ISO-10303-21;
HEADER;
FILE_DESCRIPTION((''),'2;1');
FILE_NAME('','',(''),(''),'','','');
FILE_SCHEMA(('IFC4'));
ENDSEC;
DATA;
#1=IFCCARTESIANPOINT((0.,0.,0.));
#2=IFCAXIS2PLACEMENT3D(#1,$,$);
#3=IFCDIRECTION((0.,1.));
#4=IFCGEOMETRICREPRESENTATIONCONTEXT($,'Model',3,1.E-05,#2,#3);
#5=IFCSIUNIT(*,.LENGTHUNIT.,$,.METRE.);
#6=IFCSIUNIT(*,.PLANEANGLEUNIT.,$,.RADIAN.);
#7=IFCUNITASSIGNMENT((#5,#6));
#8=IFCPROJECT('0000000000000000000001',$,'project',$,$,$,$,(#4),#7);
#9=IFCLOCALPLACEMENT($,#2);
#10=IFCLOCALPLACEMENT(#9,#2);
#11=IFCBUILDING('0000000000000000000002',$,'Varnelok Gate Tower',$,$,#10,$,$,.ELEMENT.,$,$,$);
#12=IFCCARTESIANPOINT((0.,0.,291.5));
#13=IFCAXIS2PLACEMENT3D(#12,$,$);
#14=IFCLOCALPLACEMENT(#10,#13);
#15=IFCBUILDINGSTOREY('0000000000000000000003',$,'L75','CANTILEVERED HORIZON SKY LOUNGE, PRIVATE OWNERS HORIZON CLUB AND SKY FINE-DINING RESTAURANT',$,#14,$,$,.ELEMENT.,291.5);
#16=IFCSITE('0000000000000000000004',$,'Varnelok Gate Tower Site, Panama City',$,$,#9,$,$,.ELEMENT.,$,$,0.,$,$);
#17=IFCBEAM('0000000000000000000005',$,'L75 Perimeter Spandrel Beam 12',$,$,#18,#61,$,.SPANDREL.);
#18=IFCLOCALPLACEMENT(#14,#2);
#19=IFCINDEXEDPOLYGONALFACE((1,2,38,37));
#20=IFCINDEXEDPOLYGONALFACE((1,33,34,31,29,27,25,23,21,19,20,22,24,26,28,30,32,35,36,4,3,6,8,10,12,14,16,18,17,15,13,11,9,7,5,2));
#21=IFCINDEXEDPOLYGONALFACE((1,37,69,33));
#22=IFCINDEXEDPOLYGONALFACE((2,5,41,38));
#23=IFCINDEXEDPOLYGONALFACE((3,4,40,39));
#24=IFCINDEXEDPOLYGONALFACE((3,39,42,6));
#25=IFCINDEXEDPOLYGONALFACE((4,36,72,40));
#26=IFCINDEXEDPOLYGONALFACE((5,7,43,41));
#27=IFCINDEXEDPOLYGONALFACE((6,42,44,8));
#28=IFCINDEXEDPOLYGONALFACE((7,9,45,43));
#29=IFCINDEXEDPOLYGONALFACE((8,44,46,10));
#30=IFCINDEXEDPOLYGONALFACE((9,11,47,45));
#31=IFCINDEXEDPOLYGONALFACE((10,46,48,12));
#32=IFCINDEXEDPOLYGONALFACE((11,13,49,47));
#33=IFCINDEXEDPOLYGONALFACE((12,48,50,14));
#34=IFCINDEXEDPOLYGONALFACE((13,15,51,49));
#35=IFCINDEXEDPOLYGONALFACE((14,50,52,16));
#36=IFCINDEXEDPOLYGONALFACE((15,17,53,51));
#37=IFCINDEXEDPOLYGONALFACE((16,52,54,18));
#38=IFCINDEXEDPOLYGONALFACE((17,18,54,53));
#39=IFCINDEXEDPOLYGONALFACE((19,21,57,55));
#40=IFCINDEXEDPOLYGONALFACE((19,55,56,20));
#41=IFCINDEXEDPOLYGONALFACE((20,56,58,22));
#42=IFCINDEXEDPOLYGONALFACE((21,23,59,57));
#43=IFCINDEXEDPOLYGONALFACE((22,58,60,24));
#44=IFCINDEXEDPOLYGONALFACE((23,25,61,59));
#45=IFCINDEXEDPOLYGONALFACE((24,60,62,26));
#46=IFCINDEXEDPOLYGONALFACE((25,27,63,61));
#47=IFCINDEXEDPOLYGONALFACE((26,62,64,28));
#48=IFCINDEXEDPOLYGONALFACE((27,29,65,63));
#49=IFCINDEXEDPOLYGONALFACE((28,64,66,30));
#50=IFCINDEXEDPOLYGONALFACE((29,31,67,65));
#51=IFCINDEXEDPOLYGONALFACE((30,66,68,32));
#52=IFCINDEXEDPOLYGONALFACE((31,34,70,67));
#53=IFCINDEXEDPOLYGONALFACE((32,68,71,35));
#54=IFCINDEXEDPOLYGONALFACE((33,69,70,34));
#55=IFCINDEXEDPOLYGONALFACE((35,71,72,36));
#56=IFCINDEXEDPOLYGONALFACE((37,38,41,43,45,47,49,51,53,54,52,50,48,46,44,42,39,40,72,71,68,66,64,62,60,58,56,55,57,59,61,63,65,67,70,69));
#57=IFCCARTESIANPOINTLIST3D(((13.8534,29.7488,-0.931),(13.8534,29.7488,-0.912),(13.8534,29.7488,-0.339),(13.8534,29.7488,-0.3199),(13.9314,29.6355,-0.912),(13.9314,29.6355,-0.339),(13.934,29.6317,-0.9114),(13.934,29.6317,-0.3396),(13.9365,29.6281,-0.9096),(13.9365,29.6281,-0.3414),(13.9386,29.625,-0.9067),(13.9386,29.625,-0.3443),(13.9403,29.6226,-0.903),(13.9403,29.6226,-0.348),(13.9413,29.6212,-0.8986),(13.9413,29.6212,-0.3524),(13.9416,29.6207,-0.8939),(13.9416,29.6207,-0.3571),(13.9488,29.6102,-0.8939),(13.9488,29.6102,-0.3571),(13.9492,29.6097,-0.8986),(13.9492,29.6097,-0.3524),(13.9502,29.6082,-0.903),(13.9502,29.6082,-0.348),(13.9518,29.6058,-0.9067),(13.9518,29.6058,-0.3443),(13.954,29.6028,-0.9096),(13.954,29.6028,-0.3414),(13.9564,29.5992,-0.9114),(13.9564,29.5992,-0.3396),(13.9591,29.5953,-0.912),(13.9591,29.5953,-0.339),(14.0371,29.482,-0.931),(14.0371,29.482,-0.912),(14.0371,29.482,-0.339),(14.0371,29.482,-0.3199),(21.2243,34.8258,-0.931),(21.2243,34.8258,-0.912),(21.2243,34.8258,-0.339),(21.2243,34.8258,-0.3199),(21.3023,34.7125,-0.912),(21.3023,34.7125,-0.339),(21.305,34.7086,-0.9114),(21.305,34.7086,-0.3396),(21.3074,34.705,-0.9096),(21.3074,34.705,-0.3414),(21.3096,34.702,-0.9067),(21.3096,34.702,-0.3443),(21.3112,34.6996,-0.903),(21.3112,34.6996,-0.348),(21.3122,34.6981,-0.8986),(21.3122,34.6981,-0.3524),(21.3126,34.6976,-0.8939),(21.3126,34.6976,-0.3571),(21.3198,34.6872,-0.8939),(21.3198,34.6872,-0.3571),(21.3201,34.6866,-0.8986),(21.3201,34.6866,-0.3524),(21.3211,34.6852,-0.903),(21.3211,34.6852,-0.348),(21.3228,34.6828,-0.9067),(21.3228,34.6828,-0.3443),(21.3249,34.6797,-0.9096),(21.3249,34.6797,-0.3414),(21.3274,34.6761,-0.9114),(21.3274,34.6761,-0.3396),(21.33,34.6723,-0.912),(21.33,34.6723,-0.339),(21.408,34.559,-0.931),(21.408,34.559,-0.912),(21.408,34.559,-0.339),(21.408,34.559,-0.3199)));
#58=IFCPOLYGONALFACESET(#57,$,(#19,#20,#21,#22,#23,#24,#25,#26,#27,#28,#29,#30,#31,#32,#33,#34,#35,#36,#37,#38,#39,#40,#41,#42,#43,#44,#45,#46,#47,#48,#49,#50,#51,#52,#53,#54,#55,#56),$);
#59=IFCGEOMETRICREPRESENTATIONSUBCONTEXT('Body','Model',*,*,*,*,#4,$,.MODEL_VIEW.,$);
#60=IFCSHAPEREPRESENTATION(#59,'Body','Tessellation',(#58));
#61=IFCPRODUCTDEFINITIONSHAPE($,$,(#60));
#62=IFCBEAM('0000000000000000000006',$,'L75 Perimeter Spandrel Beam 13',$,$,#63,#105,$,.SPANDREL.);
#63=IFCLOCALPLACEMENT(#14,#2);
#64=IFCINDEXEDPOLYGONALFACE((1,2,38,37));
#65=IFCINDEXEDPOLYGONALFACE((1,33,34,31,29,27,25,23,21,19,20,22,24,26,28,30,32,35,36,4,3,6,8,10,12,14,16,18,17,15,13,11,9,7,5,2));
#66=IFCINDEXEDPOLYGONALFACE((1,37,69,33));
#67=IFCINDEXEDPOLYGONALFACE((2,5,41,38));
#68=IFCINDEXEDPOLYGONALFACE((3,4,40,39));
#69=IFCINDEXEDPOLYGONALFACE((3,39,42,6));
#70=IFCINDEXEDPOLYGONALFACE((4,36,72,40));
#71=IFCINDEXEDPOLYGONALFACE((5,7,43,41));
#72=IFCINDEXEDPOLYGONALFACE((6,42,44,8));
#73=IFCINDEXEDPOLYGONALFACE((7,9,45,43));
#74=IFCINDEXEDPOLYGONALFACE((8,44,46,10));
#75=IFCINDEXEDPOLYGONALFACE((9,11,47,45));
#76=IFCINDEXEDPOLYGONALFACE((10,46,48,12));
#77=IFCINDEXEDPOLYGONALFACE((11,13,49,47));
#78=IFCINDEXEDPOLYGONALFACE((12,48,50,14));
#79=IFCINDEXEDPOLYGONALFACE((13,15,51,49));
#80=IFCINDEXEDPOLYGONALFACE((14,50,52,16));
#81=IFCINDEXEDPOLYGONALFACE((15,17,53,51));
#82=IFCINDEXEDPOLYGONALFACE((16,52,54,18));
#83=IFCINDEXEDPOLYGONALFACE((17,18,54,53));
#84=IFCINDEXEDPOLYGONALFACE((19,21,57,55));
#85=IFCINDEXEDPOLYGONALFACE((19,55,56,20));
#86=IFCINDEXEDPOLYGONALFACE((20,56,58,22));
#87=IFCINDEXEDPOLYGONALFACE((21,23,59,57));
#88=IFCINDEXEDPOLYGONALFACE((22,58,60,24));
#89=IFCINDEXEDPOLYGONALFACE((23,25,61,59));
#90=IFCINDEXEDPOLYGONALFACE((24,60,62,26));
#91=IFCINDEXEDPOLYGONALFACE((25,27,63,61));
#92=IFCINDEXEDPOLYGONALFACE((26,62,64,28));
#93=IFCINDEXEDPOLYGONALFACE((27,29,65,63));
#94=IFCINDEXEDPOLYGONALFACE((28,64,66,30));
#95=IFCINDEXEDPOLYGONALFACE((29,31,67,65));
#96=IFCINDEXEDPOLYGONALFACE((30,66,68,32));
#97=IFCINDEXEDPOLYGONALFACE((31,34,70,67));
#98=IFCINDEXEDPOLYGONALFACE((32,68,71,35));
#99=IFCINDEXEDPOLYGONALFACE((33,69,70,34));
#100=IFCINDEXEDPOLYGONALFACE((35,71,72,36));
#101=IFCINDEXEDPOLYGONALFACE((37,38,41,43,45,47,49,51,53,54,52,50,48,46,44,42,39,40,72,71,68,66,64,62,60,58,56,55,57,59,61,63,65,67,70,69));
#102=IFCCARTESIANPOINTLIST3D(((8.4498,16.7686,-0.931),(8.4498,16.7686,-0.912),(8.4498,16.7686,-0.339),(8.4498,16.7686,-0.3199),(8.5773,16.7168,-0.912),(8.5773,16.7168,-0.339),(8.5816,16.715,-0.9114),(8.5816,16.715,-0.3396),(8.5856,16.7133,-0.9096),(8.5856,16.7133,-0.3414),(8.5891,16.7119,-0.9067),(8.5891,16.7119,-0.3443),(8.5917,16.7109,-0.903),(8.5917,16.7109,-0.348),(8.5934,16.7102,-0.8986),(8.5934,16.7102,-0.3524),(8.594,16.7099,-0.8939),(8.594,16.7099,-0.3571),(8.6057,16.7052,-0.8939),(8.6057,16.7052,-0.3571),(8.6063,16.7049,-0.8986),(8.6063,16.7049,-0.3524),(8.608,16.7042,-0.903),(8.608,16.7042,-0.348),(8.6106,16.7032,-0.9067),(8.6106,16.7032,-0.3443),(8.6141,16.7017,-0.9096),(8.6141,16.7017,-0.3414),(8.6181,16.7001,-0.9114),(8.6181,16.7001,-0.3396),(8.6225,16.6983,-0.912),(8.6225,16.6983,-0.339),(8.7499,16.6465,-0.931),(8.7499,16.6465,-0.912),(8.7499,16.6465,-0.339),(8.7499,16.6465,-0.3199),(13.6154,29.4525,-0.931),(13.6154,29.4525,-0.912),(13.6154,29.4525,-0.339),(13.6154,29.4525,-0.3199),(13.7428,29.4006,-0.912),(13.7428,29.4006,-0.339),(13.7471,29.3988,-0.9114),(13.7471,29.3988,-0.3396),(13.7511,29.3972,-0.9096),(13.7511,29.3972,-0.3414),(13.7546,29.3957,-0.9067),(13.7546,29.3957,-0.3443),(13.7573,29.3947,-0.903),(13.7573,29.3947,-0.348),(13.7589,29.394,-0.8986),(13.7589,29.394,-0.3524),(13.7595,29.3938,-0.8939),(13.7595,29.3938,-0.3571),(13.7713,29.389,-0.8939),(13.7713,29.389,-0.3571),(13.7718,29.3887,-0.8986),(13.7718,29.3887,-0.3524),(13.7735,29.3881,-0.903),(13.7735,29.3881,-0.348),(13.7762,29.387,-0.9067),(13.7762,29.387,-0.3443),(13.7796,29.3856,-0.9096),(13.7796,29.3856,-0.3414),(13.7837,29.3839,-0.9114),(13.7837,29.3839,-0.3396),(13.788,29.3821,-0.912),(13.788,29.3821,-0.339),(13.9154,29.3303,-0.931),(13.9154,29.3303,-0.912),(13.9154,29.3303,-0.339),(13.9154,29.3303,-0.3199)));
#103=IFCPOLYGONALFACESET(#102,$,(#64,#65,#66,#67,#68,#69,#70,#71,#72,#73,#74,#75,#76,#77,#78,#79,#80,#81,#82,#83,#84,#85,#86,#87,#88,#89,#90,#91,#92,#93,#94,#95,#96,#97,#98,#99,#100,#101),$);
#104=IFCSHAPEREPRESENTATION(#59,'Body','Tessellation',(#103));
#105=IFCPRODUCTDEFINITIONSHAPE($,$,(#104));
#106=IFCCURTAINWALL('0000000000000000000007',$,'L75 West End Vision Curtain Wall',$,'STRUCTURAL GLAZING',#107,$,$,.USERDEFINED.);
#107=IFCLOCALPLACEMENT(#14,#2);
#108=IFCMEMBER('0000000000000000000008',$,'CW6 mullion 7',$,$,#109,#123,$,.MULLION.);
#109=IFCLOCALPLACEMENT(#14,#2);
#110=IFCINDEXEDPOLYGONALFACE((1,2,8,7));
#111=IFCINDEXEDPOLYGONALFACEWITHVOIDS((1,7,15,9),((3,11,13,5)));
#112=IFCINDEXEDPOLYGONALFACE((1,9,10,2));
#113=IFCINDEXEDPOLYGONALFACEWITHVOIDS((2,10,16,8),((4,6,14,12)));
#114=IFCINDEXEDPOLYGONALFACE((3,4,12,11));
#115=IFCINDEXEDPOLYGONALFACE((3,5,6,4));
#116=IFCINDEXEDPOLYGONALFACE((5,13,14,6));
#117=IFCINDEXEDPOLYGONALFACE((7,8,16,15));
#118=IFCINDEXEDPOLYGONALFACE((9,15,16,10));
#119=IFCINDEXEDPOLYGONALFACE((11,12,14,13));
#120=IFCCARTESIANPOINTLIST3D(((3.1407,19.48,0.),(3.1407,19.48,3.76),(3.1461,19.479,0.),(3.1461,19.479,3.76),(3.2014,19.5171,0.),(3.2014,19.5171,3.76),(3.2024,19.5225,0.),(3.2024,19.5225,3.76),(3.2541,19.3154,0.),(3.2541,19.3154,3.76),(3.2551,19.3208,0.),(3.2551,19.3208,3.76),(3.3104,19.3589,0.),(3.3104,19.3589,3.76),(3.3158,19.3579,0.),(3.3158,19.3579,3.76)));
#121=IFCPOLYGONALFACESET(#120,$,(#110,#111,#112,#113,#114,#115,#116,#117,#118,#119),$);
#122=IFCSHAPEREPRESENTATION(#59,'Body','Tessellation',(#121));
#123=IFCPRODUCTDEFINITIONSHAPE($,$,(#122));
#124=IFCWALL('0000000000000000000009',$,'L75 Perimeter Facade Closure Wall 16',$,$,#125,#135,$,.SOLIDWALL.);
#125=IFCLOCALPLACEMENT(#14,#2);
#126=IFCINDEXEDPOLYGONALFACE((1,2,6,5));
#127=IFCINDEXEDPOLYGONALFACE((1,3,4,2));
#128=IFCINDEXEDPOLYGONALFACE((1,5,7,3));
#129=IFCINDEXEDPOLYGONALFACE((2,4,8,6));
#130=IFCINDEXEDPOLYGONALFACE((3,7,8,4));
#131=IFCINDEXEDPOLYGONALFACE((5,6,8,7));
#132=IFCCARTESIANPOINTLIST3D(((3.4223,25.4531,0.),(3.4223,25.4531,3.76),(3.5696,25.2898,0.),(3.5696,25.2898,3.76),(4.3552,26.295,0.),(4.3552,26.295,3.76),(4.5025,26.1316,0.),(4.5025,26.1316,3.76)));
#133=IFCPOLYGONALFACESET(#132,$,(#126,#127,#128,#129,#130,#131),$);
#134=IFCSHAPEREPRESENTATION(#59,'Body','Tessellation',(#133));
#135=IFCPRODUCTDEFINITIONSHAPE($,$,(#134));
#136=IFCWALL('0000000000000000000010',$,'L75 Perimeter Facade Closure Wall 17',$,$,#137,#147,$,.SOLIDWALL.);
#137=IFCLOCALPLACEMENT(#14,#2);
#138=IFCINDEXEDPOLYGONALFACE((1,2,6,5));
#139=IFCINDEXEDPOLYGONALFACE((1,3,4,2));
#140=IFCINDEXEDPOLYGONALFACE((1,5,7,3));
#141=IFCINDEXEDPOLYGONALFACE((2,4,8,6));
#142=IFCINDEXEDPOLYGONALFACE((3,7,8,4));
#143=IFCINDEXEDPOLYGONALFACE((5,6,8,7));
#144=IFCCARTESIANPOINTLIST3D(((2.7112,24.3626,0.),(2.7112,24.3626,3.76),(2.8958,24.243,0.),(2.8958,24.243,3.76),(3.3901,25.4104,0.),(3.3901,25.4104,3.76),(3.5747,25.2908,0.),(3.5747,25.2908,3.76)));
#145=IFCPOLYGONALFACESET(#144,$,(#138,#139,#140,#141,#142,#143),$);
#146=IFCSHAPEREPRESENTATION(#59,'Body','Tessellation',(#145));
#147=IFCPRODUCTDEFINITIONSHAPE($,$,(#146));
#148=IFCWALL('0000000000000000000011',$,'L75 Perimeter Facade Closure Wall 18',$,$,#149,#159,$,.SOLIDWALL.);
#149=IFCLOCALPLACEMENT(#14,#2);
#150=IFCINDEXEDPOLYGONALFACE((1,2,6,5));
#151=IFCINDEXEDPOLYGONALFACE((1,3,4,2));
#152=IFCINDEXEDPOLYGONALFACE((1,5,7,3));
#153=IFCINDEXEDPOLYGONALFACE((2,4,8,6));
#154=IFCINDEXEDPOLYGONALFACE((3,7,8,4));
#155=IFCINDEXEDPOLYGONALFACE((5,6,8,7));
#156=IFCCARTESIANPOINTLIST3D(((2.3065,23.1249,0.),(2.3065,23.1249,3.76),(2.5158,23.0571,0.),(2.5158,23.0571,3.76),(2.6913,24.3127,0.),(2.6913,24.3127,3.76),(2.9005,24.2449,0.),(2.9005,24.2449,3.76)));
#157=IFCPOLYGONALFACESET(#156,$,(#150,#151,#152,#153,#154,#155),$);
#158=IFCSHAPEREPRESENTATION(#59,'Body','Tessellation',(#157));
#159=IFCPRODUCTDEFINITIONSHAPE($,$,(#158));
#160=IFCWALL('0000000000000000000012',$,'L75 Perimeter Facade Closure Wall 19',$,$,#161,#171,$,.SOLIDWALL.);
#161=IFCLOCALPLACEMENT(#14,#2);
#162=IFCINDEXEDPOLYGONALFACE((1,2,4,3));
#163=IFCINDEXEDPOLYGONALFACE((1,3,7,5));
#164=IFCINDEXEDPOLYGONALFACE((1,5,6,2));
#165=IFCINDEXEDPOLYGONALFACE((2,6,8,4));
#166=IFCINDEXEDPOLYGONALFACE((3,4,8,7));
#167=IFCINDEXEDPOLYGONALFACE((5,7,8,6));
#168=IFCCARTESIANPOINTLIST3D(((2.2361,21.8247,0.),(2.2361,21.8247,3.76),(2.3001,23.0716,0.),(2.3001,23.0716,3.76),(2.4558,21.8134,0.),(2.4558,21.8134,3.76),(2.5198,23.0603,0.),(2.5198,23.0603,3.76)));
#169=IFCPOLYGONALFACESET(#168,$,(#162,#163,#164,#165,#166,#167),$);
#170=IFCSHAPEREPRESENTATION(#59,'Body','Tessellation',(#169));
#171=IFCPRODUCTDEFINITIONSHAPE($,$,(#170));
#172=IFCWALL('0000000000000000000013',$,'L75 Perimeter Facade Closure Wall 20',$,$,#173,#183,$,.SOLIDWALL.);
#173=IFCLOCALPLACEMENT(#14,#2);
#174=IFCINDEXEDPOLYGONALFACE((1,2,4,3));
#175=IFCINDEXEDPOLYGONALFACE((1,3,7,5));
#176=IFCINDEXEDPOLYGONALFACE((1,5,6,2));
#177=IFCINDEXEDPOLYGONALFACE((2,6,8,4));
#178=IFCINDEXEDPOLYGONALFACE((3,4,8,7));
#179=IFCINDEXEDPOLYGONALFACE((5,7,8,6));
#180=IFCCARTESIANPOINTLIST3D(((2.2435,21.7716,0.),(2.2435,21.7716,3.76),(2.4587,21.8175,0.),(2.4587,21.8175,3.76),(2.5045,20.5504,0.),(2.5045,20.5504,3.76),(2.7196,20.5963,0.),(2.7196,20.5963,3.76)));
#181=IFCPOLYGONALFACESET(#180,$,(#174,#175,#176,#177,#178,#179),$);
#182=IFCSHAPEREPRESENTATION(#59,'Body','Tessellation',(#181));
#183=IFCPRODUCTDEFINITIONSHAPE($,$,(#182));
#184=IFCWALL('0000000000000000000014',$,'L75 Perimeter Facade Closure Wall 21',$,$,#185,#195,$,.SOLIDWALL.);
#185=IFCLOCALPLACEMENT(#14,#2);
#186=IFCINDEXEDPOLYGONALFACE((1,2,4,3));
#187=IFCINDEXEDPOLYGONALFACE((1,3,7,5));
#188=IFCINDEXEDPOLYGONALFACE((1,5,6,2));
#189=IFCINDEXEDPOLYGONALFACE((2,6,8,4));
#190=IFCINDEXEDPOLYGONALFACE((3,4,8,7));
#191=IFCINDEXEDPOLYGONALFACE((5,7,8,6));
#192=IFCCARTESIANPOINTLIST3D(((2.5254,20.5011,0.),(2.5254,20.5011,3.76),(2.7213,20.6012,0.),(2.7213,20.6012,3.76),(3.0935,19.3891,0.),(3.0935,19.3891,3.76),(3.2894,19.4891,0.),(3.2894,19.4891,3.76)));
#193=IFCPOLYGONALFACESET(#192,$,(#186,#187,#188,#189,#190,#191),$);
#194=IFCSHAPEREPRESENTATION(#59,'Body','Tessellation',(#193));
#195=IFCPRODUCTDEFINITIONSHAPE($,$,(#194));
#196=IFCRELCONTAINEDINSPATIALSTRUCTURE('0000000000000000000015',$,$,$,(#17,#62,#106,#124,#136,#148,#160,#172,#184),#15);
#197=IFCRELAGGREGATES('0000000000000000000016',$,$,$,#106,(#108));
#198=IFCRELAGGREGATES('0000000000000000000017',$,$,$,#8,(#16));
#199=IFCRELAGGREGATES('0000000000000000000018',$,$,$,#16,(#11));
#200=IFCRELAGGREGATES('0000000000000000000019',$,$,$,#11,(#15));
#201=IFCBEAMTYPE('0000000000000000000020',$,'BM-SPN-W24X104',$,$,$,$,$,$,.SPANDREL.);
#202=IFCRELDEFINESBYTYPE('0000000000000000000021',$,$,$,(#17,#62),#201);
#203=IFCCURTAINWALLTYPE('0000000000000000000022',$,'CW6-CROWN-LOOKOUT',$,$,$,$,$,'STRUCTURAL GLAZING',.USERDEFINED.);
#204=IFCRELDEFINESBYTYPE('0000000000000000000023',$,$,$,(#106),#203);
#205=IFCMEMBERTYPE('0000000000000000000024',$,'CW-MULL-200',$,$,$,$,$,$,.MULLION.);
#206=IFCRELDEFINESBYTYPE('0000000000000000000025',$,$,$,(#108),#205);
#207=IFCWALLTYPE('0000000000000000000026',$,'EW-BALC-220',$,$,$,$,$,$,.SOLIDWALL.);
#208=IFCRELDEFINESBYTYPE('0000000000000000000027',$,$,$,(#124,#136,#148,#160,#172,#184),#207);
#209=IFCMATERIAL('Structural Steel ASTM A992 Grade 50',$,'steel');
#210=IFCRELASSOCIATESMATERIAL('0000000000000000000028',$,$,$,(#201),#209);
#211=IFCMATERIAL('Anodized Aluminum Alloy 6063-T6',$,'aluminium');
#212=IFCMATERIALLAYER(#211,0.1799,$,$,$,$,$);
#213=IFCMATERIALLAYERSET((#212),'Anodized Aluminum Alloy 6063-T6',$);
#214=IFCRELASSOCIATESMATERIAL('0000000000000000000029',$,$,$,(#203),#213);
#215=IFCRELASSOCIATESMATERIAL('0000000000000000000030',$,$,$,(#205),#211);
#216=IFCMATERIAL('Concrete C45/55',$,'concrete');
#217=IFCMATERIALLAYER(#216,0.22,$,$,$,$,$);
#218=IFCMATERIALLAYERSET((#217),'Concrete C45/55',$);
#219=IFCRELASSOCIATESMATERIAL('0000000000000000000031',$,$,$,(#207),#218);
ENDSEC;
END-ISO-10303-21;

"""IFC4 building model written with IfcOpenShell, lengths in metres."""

from ifc_helpers import new_model, si_unit, direction, frame, frame_2d, origin, origin_2d, place, context, subcontext, project, spatial, rectangle, hollow_rectangle, i_section, extrude, material, layer, layer_set, material_profile, profile_set, type_object, element, aggregate, save


model = new_model("IFC4")

# Units and contexts
model_context = context("Model", 3, precision=1e-05, world=origin(), true_north=direction((0.0, 1.0)))
body_context = subcontext(model_context, "Body", "Model", "MODEL_VIEW")
ifc_project = project(units=[si_unit("LENGTHUNIT", "METRE"), si_unit("PLANEANGLEUNIT", "RADIAN")], contexts=[model_context])

# Site, building, storey
site_placement = place(None, origin())
site = spatial("IfcSite", under=ifc_project, at=site_placement, Name="Varnelok Gate Tower Site, Panama City", CompositionType="ELEMENT", RefElevation=0.0)
building_placement = place(site_placement, origin())
building = spatial("IfcBuilding", under=site, at=building_placement, Name="Varnelok Gate Tower", CompositionType="ELEMENT")
storey_placement = place(building_placement, frame((0.0, 0.0, 291.5)))
storey = spatial("IfcBuildingStorey", under=building, at=storey_placement, Name="L75", Description="CANTILEVERED HORIZON SKY LOUNGE, PRIVATE OWNERS HORIZON CLUB AND SKY FINE-DINING RESTAURANT", CompositionType="ELEMENT", Elevation=291.5)

# Shared definitions
ifc_material_1 = material(Name="Structural Steel ASTM A992 Grade 50", Category="steel")

# Beams
ifc_material_profile_1 = material_profile(ifc_material_1, i_section(OverallWidth=0.324, OverallDepth=0.6111, WebThickness=0.0127, FlangeThickness=0.019, FilletRadius=0.0181, at=origin_2d()), Name="W24X104")
ifc_profile_set_1 = profile_set([ifc_material_profile_1], Name="Structural Steel ASTM A992 Grade 50")
beam_type_1 = type_object("IfcBeamType", Name="BM-SPN-W24X104", PredefinedType="SPANDREL", material=ifc_profile_set_1)
beam_1_placement = place(storey_placement, frame((21.3162, 34.6924, -0.6255), z_axis=(-0.823549, -0.567245, 0.0), x_axis=(0.567245, -0.823549, 0.0)))
element("IfcBeam", 1, at=beam_1_placement, inside=storey, type_object=beam_type_1, Name="L75 Perimeter Spandrel Beam 12", PredefinedType="SPANDREL", context=body_context, shape_type="SweptSolid", body=[
    extrude(i_section(OverallWidth=0.324, OverallDepth=0.6111, WebThickness=0.0127, FlangeThickness=0.019, FilletRadius=0.0181, at=origin_2d()), origin(), (0.0, 0.0, 1.0), 8.9502),
])
beam_2_placement = place(storey_placement, frame((13.7654, 29.3914, -0.6255), z_axis=(-0.377174, -0.926142, 0.0), x_axis=(0.926142, -0.377174, 0.0)))
element("IfcBeam", 2, at=beam_2_placement, inside=storey, type_object=beam_type_1, Name="L75 Perimeter Spandrel Beam 13", PredefinedType="SPANDREL", context=body_context, shape_type="SweptSolid", body=[
    extrude(i_section(OverallWidth=0.324, OverallDepth=0.6111, WebThickness=0.0127, FlangeThickness=0.019, FilletRadius=0.0181, at=origin_2d()), origin(), (0.0, 0.0, 1.0), 13.6953),
])

# Curtain wall, member
ifc_material_2 = material(Name="Anodized Aluminum Alloy 6063-T6", Category="aluminium")
ifc_layer_1 = layer(ifc_material_2, 0.1799)
ifc_layer_set_1 = layer_set([ifc_layer_1], Name="Anodized Aluminum Alloy 6063-T6")
curtain_wall_type = type_object("IfcCurtainWallType", Name="CW6-CROWN-LOOKOUT", ElementType="STRUCTURAL GLAZING", PredefinedType="USERDEFINED", material=ifc_layer_set_1)
curtain_wall_placement = place(storey_placement, origin())
curtain_wall = element("IfcCurtainWall", 3, at=curtain_wall_placement, inside=storey, type_object=curtain_wall_type, Name="L75 West End Vision Curtain Wall", ObjectType="STRUCTURAL GLAZING", PredefinedType="USERDEFINED")
ifc_material_profile_2 = material_profile(ifc_material_2, hollow_rectangle(XDim=0.075, YDim=0.2, WallThickness=0.0039, at=origin_2d()), Name="ALU200X75X4")
ifc_profile_set_2 = profile_set([ifc_material_profile_2], Name="Anodized Aluminum Alloy 6063-T6")
member_type = type_object("IfcMemberType", Name="CW-MULL-200", PredefinedType="MULLION", material=ifc_profile_set_2)
member_placement = place(storey_placement, frame((3.2283, 19.4189, 0.0), z_axis=(0.0, 0.0, 1.0), x_axis=(-0.823532, -0.567269, 0.0)))
member = element("IfcMember", 4, at=member_placement, type_object=member_type, Name="CW6 mullion 7", PredefinedType="MULLION", context=body_context, shape_type="SweptSolid", body=[
    extrude(hollow_rectangle(XDim=0.075, YDim=0.2, WallThickness=0.0039, at=origin_2d()), origin(), (0.0, 0.0, 1.0), 3.76),
])
aggregate(curtain_wall, [member])

# Walls
ifc_material_3 = material(Name="Concrete C45/55", Category="concrete")
ifc_layer_2 = layer(ifc_material_3, 0.22)
ifc_layer_set_2 = layer_set([ifc_layer_2], Name="Concrete C45/55")
wall_type_1 = type_object("IfcWallType", Name="EW-BALC-220", PredefinedType="SOLIDWALL", material=ifc_layer_set_2)
wall_1_placement = place(storey_placement, frame((4.429, 26.2134, 0.0), z_axis=(0.0, 0.0, 1.0), x_axis=(-0.742414, -0.669941, 0.0)))
element("IfcWall", 5, at=wall_1_placement, inside=storey, type_object=wall_type_1, Name="L75 Perimeter Facade Closure Wall 16", PredefinedType="SOLIDWALL", context=body_context, shape_type="SweptSolid", body=[
    extrude(rectangle(XDim=1.2566, YDim=0.22, at=frame_2d((0.6284, 0.0))), origin(), (0.0, 0.0, 1.0), 3.76),
])
for number, where, z_axis, x_axis, name in (
    (6, (3.4824, 25.3506, 0.0), (0.0, 0.0, 1.0), (-0.543778, -0.839229, 0.0), "L75 Perimeter Facade Closure Wall 17"),
    (7, (2.7959, 24.2788, 0.0), (0.0, 0.0, 1.0), (-0.30818, -0.951328, 0.0), "L75 Perimeter Facade Closure Wall 18"),
    (8, (2.4099, 23.0659, 0.0), (0.0, 0.0, 1.0), (-0.051235, -0.998687, 0.0), "L75 Perimeter Facade Closure Wall 19"),
):
    element("IfcWall", number, at=place(storey_placement, frame(where, z_axis=z_axis, x_axis=x_axis)), inside=storey, type_object=wall_type_1, Name=name, PredefinedType="SOLIDWALL", context=body_context, shape_type="SweptSolid", body=[
        extrude(rectangle(XDim=1.2485, YDim=0.22, at=frame_2d((0.6243, 0.0))), origin(), (0.0, 0.0, 1.0), 3.76),
    ])
for number, where, z_axis, x_axis, name in (
    (9, (2.3511, 21.7947, 0.0), (0.0, 0.0, 1.0), (0.208995, -0.977917, 0.0), "L75 Perimeter Facade Closure Wall 20"),
    (10, (2.6233, 20.5513, 0.0), (0.0, 0.0, 1.0), (0.454939, -0.890523, 0.0), "L75 Perimeter Facade Closure Wall 21"),
):
    element("IfcWall", number, at=place(storey_placement, frame(where, z_axis=z_axis, x_axis=x_axis)), inside=storey, type_object=wall_type_1, Name=name, PredefinedType="SOLIDWALL", context=body_context, shape_type="SweptSolid", body=[
        extrude(rectangle(XDim=1.2488, YDim=0.22, at=frame_2d((0.6245, 0.0))), origin(), (0.0, 0.0, 1.0), 3.76),
    ])

save(model, "model.ifc")
